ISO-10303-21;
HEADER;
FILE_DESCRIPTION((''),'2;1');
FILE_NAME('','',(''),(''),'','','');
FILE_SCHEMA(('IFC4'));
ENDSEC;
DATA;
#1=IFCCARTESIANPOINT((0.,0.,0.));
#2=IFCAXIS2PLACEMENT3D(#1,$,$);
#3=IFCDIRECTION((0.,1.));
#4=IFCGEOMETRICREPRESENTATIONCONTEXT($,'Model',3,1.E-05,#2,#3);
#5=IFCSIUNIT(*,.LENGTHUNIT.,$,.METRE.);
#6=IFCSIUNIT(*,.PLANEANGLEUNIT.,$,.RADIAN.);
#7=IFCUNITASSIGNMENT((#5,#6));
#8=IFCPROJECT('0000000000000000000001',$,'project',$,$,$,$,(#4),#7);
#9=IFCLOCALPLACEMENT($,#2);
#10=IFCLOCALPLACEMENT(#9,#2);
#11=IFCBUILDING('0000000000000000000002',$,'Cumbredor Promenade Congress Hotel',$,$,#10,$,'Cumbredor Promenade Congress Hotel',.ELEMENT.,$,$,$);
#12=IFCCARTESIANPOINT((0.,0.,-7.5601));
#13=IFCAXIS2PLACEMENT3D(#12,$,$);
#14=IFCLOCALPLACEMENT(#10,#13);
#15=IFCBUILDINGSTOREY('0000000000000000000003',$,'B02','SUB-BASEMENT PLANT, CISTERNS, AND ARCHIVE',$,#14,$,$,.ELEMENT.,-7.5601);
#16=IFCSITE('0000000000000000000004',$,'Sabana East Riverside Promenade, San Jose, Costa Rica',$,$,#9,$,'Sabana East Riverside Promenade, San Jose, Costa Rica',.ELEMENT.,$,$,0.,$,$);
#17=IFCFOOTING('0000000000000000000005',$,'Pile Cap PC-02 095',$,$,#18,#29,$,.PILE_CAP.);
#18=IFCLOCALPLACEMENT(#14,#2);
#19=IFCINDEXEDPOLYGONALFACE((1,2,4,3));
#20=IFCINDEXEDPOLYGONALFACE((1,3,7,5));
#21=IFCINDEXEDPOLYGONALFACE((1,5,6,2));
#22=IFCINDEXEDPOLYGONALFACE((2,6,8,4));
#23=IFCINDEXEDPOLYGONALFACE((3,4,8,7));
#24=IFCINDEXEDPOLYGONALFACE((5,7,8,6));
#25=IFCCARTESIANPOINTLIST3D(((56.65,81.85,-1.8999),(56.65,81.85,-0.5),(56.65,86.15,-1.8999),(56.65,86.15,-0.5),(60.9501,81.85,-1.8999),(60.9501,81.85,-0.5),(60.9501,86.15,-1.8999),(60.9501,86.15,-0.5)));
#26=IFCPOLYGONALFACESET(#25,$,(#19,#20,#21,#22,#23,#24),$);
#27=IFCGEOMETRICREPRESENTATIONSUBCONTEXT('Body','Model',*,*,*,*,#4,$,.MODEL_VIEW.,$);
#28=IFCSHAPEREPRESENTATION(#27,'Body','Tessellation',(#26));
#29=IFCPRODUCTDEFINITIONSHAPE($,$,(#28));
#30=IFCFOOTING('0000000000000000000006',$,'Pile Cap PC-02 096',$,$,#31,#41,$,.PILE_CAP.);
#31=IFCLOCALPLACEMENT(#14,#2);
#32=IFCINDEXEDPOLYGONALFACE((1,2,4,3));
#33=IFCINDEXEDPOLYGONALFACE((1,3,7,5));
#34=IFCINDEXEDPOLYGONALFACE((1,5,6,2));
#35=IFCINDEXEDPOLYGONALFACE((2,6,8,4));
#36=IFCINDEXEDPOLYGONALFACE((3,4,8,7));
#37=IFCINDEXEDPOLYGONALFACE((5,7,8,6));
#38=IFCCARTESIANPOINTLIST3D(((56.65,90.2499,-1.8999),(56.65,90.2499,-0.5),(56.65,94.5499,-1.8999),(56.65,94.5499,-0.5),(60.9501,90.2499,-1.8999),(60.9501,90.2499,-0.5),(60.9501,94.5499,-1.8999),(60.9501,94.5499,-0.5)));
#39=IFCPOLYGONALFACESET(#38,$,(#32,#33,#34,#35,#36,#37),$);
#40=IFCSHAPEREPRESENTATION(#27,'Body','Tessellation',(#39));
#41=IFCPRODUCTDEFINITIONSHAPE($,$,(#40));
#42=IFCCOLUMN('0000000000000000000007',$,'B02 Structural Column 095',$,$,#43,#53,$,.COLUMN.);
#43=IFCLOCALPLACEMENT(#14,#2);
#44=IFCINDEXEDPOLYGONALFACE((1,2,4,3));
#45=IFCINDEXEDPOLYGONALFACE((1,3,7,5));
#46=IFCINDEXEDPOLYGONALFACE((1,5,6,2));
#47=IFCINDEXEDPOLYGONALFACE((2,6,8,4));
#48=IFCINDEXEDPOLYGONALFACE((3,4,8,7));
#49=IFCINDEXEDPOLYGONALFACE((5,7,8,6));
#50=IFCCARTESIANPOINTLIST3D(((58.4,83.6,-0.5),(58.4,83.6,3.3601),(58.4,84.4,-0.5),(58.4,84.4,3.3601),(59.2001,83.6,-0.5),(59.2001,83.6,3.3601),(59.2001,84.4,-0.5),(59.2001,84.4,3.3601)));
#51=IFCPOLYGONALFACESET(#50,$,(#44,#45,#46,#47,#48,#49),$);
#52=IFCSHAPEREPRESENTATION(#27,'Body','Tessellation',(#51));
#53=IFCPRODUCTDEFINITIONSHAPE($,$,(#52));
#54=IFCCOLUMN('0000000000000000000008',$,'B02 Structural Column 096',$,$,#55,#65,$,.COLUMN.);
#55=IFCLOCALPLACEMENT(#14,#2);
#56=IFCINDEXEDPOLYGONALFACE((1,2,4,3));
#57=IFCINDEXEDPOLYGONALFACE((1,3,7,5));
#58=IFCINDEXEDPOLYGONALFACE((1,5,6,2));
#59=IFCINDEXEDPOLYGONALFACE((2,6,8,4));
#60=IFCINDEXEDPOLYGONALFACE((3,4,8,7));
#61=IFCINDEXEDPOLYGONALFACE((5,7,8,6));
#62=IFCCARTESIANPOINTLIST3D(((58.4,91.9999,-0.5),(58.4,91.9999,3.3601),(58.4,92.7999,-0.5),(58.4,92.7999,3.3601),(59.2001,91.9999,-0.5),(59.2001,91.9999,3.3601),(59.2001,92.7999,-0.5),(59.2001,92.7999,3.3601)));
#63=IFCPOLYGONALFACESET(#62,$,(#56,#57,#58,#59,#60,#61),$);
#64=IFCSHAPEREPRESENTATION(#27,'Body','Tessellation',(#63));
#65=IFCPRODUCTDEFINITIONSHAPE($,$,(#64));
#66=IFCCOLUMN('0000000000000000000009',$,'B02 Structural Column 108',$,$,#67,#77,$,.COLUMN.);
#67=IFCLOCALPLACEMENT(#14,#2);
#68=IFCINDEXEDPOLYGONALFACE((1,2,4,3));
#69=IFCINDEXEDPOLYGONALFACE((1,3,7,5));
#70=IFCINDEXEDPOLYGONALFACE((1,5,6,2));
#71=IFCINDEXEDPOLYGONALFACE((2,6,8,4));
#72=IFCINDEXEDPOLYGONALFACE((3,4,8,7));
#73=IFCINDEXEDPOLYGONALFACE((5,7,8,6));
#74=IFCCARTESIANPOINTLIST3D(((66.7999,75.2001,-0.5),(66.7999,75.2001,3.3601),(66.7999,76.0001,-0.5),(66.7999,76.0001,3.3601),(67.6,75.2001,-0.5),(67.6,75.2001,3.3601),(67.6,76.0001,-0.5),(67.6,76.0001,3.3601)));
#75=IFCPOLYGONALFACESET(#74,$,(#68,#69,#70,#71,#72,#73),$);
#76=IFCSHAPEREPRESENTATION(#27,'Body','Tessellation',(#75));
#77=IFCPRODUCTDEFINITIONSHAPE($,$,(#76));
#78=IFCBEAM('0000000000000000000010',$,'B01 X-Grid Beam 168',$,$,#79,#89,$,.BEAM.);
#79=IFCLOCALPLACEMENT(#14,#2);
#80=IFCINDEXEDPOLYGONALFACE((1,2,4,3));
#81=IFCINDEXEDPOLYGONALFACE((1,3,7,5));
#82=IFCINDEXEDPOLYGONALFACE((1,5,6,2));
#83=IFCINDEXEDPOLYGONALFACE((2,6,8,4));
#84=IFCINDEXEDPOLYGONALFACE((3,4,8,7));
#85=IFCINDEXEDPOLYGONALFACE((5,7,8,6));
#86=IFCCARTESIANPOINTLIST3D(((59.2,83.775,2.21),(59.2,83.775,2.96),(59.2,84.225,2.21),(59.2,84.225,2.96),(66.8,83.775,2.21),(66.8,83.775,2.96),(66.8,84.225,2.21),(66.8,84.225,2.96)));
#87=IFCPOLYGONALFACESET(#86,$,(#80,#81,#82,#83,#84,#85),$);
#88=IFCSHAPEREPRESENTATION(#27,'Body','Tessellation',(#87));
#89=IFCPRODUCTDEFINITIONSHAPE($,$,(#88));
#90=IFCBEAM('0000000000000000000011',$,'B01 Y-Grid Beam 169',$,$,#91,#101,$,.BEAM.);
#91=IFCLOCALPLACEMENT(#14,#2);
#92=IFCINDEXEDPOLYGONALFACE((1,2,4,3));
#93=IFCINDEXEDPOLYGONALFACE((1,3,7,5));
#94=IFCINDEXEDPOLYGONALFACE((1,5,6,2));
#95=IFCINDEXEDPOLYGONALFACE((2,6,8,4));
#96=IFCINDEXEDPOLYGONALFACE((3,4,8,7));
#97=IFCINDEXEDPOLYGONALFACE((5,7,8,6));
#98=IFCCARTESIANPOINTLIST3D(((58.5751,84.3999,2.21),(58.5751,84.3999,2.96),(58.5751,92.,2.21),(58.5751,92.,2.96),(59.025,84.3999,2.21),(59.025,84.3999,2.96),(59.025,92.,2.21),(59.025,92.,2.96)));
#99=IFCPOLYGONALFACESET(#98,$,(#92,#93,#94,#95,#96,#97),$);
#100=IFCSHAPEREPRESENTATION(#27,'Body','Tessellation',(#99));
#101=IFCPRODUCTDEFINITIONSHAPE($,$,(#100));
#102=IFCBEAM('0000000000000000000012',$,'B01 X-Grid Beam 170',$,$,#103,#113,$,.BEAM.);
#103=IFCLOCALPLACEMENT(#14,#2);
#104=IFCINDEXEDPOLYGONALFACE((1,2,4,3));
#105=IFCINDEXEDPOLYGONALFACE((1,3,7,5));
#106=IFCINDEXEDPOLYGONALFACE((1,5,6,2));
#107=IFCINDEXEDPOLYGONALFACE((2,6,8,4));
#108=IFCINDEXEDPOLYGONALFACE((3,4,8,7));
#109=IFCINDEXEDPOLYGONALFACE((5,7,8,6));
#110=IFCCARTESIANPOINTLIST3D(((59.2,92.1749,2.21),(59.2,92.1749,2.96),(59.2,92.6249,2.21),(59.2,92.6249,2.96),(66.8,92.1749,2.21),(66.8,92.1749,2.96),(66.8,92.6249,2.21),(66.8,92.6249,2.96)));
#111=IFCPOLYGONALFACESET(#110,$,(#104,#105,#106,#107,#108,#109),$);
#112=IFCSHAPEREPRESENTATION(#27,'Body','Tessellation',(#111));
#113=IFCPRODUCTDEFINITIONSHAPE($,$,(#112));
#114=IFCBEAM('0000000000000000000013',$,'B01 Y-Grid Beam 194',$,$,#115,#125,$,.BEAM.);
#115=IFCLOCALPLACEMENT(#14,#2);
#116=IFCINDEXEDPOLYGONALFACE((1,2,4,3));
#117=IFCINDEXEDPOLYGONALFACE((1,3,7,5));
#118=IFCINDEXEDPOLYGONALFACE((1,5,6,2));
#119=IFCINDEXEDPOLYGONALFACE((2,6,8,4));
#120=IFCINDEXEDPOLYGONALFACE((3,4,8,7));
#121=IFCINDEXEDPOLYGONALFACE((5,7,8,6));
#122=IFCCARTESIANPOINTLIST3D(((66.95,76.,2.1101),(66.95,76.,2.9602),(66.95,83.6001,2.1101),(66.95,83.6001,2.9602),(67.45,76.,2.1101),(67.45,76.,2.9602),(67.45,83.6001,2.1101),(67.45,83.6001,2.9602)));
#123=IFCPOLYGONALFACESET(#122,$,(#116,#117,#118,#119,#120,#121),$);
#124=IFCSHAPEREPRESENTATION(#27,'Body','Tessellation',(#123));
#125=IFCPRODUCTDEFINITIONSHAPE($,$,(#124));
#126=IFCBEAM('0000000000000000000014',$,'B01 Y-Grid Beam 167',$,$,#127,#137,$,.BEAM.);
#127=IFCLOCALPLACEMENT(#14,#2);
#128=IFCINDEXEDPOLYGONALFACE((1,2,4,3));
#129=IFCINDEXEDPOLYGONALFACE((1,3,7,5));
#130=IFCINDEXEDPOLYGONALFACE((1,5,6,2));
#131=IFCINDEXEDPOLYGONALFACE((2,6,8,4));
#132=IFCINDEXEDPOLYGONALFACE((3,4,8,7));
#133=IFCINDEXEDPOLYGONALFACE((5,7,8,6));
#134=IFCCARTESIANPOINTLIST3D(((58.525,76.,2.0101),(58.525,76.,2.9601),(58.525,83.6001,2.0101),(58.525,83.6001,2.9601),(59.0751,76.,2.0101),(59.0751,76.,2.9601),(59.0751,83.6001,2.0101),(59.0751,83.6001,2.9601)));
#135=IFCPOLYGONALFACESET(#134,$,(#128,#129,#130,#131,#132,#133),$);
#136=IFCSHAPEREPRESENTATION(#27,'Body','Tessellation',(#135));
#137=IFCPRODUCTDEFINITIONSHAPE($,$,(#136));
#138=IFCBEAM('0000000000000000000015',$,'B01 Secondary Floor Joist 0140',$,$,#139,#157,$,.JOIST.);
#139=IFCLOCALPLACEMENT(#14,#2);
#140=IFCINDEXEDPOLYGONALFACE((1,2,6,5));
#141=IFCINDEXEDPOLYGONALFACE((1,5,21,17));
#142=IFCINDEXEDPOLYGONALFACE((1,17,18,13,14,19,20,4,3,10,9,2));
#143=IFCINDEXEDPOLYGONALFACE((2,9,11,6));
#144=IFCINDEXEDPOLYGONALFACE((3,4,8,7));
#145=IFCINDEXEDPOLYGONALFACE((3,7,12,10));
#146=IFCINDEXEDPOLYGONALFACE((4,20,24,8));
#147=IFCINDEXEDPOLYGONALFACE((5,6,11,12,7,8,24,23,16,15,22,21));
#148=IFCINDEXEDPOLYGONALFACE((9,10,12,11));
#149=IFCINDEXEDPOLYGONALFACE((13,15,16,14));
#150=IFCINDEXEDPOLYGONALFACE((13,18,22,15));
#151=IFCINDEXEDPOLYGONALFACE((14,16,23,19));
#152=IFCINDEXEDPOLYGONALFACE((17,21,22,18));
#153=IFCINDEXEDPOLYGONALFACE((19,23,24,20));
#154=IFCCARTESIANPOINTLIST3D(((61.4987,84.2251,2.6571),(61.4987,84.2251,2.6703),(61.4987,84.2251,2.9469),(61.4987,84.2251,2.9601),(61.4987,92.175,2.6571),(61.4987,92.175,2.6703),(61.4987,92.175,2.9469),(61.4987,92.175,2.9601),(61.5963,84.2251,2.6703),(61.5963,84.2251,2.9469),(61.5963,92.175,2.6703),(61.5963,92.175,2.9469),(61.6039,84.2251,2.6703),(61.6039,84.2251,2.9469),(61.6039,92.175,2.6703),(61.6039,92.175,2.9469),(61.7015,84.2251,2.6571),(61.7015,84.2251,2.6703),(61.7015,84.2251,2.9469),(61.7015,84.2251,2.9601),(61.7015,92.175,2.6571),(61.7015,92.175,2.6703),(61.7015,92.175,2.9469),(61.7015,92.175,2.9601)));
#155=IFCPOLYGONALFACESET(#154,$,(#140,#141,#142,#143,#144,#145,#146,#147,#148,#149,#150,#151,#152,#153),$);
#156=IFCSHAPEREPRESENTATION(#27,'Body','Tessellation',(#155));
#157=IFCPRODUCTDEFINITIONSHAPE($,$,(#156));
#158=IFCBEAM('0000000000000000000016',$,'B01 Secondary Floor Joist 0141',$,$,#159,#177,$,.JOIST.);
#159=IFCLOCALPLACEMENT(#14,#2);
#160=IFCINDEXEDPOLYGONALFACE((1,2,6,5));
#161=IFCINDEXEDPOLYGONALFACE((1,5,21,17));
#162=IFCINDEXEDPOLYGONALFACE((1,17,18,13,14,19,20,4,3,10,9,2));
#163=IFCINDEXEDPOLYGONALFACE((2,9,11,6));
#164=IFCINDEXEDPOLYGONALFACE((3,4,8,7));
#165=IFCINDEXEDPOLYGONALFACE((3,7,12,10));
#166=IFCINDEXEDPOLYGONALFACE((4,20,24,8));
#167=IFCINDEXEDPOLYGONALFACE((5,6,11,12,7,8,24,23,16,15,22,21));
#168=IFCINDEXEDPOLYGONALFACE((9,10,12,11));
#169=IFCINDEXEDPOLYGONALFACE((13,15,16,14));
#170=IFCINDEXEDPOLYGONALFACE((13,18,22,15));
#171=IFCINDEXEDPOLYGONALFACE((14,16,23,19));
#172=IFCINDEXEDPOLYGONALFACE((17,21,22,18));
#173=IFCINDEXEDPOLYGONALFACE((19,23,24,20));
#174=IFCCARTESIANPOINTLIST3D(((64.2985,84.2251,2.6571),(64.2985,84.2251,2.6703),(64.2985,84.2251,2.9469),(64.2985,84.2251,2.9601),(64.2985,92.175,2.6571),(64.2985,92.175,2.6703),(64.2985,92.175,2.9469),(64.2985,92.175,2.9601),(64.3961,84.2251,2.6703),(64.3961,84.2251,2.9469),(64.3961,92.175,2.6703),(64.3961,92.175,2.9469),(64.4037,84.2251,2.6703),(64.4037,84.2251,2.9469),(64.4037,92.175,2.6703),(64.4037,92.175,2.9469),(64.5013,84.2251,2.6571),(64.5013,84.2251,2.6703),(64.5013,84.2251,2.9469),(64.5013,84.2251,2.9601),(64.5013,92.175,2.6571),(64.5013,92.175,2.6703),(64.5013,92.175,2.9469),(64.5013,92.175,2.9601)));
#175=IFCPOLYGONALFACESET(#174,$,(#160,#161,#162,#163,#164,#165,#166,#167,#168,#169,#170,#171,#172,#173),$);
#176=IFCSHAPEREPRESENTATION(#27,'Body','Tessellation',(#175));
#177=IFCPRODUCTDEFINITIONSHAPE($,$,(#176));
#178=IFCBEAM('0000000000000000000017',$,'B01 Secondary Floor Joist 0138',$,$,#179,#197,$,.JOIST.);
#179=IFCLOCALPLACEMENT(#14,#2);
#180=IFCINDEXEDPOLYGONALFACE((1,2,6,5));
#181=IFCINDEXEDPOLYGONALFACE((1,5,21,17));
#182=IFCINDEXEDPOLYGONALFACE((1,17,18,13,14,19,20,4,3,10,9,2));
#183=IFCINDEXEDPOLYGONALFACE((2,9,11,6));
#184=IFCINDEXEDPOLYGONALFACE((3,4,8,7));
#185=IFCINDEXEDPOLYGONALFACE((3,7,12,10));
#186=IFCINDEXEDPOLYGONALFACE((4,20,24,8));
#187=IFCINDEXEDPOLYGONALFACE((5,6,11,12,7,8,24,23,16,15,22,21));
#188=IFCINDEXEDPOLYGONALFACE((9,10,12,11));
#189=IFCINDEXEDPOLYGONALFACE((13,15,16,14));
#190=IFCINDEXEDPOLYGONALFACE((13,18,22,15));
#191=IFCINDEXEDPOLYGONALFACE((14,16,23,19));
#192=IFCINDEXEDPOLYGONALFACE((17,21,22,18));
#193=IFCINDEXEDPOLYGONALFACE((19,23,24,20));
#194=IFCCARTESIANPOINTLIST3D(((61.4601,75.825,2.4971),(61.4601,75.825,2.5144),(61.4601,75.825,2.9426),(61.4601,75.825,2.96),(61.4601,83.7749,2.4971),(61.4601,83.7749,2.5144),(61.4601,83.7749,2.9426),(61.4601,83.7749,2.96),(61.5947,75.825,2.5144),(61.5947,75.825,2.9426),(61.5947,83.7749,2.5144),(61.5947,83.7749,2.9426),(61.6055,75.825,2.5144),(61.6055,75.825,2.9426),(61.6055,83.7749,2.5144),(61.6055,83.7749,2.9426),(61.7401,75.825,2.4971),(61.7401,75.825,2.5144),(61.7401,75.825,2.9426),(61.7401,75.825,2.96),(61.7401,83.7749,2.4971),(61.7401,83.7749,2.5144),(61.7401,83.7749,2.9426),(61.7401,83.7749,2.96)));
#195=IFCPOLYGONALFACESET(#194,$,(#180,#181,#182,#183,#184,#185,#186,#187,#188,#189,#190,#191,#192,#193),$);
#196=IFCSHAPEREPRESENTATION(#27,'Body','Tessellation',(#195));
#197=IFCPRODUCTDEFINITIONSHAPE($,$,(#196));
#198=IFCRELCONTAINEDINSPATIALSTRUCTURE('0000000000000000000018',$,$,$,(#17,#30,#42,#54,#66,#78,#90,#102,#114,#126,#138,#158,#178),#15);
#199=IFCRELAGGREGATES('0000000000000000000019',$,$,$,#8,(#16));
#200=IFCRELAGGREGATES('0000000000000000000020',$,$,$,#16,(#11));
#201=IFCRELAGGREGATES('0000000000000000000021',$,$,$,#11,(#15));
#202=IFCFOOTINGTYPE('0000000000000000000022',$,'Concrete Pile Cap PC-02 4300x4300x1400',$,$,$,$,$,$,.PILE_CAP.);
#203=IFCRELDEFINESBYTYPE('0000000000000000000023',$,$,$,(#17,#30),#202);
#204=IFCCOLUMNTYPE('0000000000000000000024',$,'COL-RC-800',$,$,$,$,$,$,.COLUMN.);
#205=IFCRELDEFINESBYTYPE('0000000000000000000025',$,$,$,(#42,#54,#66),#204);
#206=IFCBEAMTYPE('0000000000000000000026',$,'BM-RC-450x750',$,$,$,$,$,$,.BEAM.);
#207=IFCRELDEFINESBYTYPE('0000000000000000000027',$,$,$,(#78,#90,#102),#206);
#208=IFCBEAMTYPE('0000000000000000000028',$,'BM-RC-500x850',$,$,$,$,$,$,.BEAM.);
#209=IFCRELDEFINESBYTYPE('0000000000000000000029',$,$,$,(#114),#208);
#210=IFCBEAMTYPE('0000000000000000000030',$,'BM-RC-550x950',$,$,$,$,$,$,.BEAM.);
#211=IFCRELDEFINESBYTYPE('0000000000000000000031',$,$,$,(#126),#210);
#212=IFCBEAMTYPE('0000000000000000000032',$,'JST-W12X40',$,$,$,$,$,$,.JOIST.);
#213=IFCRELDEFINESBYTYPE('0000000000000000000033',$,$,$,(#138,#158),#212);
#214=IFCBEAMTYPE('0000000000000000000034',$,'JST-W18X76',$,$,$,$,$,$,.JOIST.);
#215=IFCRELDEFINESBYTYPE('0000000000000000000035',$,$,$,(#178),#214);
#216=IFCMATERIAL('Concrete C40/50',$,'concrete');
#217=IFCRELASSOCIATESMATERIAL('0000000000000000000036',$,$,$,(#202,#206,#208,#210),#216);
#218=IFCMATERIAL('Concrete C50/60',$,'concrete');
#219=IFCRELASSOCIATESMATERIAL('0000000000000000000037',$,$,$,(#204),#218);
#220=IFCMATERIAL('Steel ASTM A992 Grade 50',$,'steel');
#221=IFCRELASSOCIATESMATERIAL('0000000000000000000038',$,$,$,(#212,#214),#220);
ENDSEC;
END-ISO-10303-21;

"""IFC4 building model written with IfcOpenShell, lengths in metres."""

from ifc_helpers import new_model, si_unit, direction, frame, origin, origin_2d, place, context, subcontext, project, spatial, rectangle, i_section, extrude, material, material_profile, profile_set, type_object, element, save


model = new_model("IFC4")

# Units and contexts
model_context = context("Model", 3, precision=1e-05, world=origin(), true_north=direction((0.0, 1.0)))
body_context = subcontext(model_context, "Body", "Model", "MODEL_VIEW")
ifc_project = project(units=[si_unit("LENGTHUNIT", "METRE"), si_unit("PLANEANGLEUNIT", "RADIAN")], contexts=[model_context])

# Site, building, storey
site_placement = place(None, origin())
site = spatial("IfcSite", under=ifc_project, at=site_placement, Name="Sabana East Riverside Promenade, San Jose, Costa Rica", LongName="Sabana East Riverside Promenade, San Jose, Costa Rica", CompositionType="ELEMENT", RefElevation=0.0)
building_placement = place(site_placement, origin())
building = spatial("IfcBuilding", under=site, at=building_placement, Name="Cumbredor Promenade Congress Hotel", LongName="Cumbredor Promenade Congress Hotel", CompositionType="ELEMENT")
storey_placement = place(building_placement, frame((0.0, 0.0, -7.5601)))
storey = spatial("IfcBuildingStorey", under=building, at=storey_placement, Name="B02", Description="SUB-BASEMENT PLANT, CISTERNS, AND ARCHIVE", CompositionType="ELEMENT", Elevation=-7.5601)

# Shared definitions
ifc_material_1 = material(Name="Concrete C40/50", Category="concrete")

# Footings
footing_type_1 = type_object("IfcFootingType", Name="Concrete Pile Cap PC-02 4300x4300x1400", PredefinedType="PILE_CAP", material=ifc_material_1)
for number, where, z_axis, x_axis, name in (
    (1, (58.8, 84.0, -1.8999), (0.0, 0.0, 1.0), (1.0, 0.0, 0.0), "Pile Cap PC-02 095"),
    (2, (58.8, 92.3999, -1.8999), (0.0, 0.0, 1.0), (1.0, 0.0, 0.0), "Pile Cap PC-02 096"),
):
    element("IfcFooting", number, at=place(storey_placement, frame(where, z_axis=z_axis, x_axis=x_axis)), inside=storey, type_object=footing_type_1, Name=name, PredefinedType="PILE_CAP", context=body_context, shape_type="SweptSolid", body=[
        extrude(rectangle(XDim=4.3, YDim=4.3, at=origin_2d()), origin(), (0.0, 0.0, 1.0), 1.3999),
    ])

# Columns
ifc_material_2 = material(Name="Concrete C50/60", Category="concrete")
ifc_material_profile_1 = material_profile(ifc_material_2, rectangle(XDim=0.8, YDim=0.8, at=origin_2d()), Name="RC 800x800")
ifc_profile_set_1 = profile_set([ifc_material_profile_1], Name="Concrete C50/60")
column_type = type_object("IfcColumnType", Name="COL-RC-800", PredefinedType="COLUMN", material=ifc_profile_set_1)
for number, where, z_axis, x_axis, name in (
    (3, (58.8, 84.0, -0.5), (0.0, 0.0, 1.0), (1.0, 0.0, 0.0), "B02 Structural Column 095"),
    (4, (58.8, 92.3999, -0.5), (0.0, 0.0, 1.0), (1.0, 0.0, 0.0), "B02 Structural Column 096"),
    (5, (67.2, 75.6001, -0.5), (0.0, 0.0, 1.0), (1.0, 0.0, 0.0), "B02 Structural Column 108"),
):
    element("IfcColumn", number, at=place(storey_placement, frame(where, z_axis=z_axis, x_axis=x_axis)), inside=storey, type_object=column_type, Name=name, PredefinedType="COLUMN", context=body_context, shape_type="SweptSolid", body=[
        extrude(rectangle(XDim=0.8, YDim=0.8, at=origin_2d()), origin(), (0.0, 0.0, 1.0), 3.8601),
    ])

# Beams
ifc_material_profile_2 = material_profile(ifc_material_1, rectangle(XDim=0.45, YDim=0.75, at=origin_2d()), Name="RC BEAM 450x750")
ifc_profile_set_2 = profile_set([ifc_material_profile_2], Name="Concrete C40/50")
beam_type_1 = type_object("IfcBeamType", Name="BM-RC-450x750", PredefinedType="BEAM", material=ifc_profile_set_2)
for number, where, z_axis, x_axis, name in (
    (6, (59.2, 84.0, 2.585), (1.0, 0.0, 0.0), (0.0, 1.0, 0.0), "B01 X-Grid Beam 168"),
    (7, (58.8, 84.3999, 2.585), (0.0, 1.0, 0.0), (-1.0, 0.0, 0.0), "B01 Y-Grid Beam 169"),
    (8, (59.2, 92.3999, 2.585), (1.0, 0.0, 0.0), (0.0, 1.0, 0.0), "B01 X-Grid Beam 170"),
):
    element("IfcBeam", number, at=place(storey_placement, frame(where, z_axis=z_axis, x_axis=x_axis)), inside=storey, type_object=beam_type_1, Name=name, PredefinedType="BEAM", context=body_context, shape_type="SweptSolid", body=[
        extrude(rectangle(XDim=0.45, YDim=0.75, at=origin_2d()), origin(), (0.0, 0.0, 1.0), 7.6001),
    ])
ifc_material_profile_3 = material_profile(ifc_material_1, rectangle(XDim=0.5, YDim=0.8501, at=origin_2d()), Name="RC BEAM 500x850")
ifc_profile_set_3 = profile_set([ifc_material_profile_3], Name="Concrete C40/50")
beam_type_2 = type_object("IfcBeamType", Name="BM-RC-500x850", PredefinedType="BEAM", material=ifc_profile_set_3)
beam_1_placement = place(storey_placement, frame((67.2, 76.0, 2.5352), z_axis=(0.0, 1.0, 0.0), x_axis=(-1.0, 0.0, 0.0)))
element("IfcBeam", 9, at=beam_1_placement, inside=storey, type_object=beam_type_2, Name="B01 Y-Grid Beam 194", PredefinedType="BEAM", context=body_context, shape_type="SweptSolid", body=[
    extrude(rectangle(XDim=0.5, YDim=0.8501, at=origin_2d()), origin(), (0.0, 0.0, 1.0), 7.6001),
])
ifc_material_profile_4 = material_profile(ifc_material_1, rectangle(XDim=0.55, YDim=0.95, at=origin_2d()), Name="RC BEAM 550x950")
ifc_profile_set_4 = profile_set([ifc_material_profile_4], Name="Concrete C40/50")
beam_type_3 = type_object("IfcBeamType", Name="BM-RC-550x950", PredefinedType="BEAM", material=ifc_profile_set_4)
beam_2_placement = place(storey_placement, frame((58.8, 76.0, 2.4851), z_axis=(0.0, 1.0, 0.0), x_axis=(-1.0, 0.0, 0.0)))
element("IfcBeam", 10, at=beam_2_placement, inside=storey, type_object=beam_type_3, Name="B01 Y-Grid Beam 167", PredefinedType="BEAM", context=body_context, shape_type="SweptSolid", body=[
    extrude(rectangle(XDim=0.55, YDim=0.95, at=origin_2d()), origin(), (0.0, 0.0, 1.0), 7.6001),
])
ifc_material_3 = material(Name="Steel ASTM A992 Grade 50", Category="steel")
ifc_material_profile_5 = material_profile(ifc_material_3, i_section(OverallWidth=0.2029, OverallDepth=0.303, WebThickness=0.0076, FlangeThickness=0.0132, at=origin_2d()), Name="W12X40")
ifc_profile_set_5 = profile_set([ifc_material_profile_5], Name="Steel ASTM A992 Grade 50")
beam_type_4 = type_object("IfcBeamType", Name="JST-W12X40", PredefinedType="JOIST", material=ifc_profile_set_5)
for number, where, z_axis, x_axis, name in (
    (11, (61.6001, 84.2251, 2.8086), (0.0, 1.0, 0.0), (-1.0, 0.0, 0.0), "B01 Secondary Floor Joist 0140"),
    (12, (64.3999, 84.2251, 2.8086), (0.0, 1.0, 0.0), (-1.0, 0.0, 0.0), "B01 Secondary Floor Joist 0141"),
):
    element("IfcBeam", number, at=place(storey_placement, frame(where, z_axis=z_axis, x_axis=x_axis)), inside=storey, type_object=beam_type_4, Name=name, PredefinedType="JOIST", context=body_context, shape_type="SweptSolid", body=[
        extrude(i_section(OverallWidth=0.2029, OverallDepth=0.303, WebThickness=0.0076, FlangeThickness=0.0132, at=origin_2d()), origin(), (0.0, 0.0, 1.0), 7.95),
    ])
ifc_material_profile_6 = material_profile(ifc_material_3, i_section(OverallWidth=0.28, OverallDepth=0.4629, WebThickness=0.0107, FlangeThickness=0.0173, at=origin_2d()), Name="W18X76")
ifc_profile_set_6 = profile_set([ifc_material_profile_6], Name="Steel ASTM A992 Grade 50")
beam_type_5 = type_object("IfcBeamType", Name="JST-W18X76", PredefinedType="JOIST", material=ifc_profile_set_6)
for number, where, z_axis, x_axis, name in (
    (13, (61.6001, 75.825, 2.7285), (0.0, 1.0, 0.0), (-1.0, 0.0, 0.0), "B01 Secondary Floor Joist 0138"),
):
    element("IfcBeam", number, at=place(storey_placement, frame(where, z_axis=z_axis, x_axis=x_axis)), inside=storey, type_object=beam_type_5, Name=name, PredefinedType="JOIST", context=body_context, shape_type="SweptSolid", body=[
        extrude(i_section(OverallWidth=0.28, OverallDepth=0.4629, WebThickness=0.0107, FlangeThickness=0.0173, at=origin_2d()), origin(), (0.0, 0.0, 1.0), 7.95),
    ])

save(model, "model.ifc")
